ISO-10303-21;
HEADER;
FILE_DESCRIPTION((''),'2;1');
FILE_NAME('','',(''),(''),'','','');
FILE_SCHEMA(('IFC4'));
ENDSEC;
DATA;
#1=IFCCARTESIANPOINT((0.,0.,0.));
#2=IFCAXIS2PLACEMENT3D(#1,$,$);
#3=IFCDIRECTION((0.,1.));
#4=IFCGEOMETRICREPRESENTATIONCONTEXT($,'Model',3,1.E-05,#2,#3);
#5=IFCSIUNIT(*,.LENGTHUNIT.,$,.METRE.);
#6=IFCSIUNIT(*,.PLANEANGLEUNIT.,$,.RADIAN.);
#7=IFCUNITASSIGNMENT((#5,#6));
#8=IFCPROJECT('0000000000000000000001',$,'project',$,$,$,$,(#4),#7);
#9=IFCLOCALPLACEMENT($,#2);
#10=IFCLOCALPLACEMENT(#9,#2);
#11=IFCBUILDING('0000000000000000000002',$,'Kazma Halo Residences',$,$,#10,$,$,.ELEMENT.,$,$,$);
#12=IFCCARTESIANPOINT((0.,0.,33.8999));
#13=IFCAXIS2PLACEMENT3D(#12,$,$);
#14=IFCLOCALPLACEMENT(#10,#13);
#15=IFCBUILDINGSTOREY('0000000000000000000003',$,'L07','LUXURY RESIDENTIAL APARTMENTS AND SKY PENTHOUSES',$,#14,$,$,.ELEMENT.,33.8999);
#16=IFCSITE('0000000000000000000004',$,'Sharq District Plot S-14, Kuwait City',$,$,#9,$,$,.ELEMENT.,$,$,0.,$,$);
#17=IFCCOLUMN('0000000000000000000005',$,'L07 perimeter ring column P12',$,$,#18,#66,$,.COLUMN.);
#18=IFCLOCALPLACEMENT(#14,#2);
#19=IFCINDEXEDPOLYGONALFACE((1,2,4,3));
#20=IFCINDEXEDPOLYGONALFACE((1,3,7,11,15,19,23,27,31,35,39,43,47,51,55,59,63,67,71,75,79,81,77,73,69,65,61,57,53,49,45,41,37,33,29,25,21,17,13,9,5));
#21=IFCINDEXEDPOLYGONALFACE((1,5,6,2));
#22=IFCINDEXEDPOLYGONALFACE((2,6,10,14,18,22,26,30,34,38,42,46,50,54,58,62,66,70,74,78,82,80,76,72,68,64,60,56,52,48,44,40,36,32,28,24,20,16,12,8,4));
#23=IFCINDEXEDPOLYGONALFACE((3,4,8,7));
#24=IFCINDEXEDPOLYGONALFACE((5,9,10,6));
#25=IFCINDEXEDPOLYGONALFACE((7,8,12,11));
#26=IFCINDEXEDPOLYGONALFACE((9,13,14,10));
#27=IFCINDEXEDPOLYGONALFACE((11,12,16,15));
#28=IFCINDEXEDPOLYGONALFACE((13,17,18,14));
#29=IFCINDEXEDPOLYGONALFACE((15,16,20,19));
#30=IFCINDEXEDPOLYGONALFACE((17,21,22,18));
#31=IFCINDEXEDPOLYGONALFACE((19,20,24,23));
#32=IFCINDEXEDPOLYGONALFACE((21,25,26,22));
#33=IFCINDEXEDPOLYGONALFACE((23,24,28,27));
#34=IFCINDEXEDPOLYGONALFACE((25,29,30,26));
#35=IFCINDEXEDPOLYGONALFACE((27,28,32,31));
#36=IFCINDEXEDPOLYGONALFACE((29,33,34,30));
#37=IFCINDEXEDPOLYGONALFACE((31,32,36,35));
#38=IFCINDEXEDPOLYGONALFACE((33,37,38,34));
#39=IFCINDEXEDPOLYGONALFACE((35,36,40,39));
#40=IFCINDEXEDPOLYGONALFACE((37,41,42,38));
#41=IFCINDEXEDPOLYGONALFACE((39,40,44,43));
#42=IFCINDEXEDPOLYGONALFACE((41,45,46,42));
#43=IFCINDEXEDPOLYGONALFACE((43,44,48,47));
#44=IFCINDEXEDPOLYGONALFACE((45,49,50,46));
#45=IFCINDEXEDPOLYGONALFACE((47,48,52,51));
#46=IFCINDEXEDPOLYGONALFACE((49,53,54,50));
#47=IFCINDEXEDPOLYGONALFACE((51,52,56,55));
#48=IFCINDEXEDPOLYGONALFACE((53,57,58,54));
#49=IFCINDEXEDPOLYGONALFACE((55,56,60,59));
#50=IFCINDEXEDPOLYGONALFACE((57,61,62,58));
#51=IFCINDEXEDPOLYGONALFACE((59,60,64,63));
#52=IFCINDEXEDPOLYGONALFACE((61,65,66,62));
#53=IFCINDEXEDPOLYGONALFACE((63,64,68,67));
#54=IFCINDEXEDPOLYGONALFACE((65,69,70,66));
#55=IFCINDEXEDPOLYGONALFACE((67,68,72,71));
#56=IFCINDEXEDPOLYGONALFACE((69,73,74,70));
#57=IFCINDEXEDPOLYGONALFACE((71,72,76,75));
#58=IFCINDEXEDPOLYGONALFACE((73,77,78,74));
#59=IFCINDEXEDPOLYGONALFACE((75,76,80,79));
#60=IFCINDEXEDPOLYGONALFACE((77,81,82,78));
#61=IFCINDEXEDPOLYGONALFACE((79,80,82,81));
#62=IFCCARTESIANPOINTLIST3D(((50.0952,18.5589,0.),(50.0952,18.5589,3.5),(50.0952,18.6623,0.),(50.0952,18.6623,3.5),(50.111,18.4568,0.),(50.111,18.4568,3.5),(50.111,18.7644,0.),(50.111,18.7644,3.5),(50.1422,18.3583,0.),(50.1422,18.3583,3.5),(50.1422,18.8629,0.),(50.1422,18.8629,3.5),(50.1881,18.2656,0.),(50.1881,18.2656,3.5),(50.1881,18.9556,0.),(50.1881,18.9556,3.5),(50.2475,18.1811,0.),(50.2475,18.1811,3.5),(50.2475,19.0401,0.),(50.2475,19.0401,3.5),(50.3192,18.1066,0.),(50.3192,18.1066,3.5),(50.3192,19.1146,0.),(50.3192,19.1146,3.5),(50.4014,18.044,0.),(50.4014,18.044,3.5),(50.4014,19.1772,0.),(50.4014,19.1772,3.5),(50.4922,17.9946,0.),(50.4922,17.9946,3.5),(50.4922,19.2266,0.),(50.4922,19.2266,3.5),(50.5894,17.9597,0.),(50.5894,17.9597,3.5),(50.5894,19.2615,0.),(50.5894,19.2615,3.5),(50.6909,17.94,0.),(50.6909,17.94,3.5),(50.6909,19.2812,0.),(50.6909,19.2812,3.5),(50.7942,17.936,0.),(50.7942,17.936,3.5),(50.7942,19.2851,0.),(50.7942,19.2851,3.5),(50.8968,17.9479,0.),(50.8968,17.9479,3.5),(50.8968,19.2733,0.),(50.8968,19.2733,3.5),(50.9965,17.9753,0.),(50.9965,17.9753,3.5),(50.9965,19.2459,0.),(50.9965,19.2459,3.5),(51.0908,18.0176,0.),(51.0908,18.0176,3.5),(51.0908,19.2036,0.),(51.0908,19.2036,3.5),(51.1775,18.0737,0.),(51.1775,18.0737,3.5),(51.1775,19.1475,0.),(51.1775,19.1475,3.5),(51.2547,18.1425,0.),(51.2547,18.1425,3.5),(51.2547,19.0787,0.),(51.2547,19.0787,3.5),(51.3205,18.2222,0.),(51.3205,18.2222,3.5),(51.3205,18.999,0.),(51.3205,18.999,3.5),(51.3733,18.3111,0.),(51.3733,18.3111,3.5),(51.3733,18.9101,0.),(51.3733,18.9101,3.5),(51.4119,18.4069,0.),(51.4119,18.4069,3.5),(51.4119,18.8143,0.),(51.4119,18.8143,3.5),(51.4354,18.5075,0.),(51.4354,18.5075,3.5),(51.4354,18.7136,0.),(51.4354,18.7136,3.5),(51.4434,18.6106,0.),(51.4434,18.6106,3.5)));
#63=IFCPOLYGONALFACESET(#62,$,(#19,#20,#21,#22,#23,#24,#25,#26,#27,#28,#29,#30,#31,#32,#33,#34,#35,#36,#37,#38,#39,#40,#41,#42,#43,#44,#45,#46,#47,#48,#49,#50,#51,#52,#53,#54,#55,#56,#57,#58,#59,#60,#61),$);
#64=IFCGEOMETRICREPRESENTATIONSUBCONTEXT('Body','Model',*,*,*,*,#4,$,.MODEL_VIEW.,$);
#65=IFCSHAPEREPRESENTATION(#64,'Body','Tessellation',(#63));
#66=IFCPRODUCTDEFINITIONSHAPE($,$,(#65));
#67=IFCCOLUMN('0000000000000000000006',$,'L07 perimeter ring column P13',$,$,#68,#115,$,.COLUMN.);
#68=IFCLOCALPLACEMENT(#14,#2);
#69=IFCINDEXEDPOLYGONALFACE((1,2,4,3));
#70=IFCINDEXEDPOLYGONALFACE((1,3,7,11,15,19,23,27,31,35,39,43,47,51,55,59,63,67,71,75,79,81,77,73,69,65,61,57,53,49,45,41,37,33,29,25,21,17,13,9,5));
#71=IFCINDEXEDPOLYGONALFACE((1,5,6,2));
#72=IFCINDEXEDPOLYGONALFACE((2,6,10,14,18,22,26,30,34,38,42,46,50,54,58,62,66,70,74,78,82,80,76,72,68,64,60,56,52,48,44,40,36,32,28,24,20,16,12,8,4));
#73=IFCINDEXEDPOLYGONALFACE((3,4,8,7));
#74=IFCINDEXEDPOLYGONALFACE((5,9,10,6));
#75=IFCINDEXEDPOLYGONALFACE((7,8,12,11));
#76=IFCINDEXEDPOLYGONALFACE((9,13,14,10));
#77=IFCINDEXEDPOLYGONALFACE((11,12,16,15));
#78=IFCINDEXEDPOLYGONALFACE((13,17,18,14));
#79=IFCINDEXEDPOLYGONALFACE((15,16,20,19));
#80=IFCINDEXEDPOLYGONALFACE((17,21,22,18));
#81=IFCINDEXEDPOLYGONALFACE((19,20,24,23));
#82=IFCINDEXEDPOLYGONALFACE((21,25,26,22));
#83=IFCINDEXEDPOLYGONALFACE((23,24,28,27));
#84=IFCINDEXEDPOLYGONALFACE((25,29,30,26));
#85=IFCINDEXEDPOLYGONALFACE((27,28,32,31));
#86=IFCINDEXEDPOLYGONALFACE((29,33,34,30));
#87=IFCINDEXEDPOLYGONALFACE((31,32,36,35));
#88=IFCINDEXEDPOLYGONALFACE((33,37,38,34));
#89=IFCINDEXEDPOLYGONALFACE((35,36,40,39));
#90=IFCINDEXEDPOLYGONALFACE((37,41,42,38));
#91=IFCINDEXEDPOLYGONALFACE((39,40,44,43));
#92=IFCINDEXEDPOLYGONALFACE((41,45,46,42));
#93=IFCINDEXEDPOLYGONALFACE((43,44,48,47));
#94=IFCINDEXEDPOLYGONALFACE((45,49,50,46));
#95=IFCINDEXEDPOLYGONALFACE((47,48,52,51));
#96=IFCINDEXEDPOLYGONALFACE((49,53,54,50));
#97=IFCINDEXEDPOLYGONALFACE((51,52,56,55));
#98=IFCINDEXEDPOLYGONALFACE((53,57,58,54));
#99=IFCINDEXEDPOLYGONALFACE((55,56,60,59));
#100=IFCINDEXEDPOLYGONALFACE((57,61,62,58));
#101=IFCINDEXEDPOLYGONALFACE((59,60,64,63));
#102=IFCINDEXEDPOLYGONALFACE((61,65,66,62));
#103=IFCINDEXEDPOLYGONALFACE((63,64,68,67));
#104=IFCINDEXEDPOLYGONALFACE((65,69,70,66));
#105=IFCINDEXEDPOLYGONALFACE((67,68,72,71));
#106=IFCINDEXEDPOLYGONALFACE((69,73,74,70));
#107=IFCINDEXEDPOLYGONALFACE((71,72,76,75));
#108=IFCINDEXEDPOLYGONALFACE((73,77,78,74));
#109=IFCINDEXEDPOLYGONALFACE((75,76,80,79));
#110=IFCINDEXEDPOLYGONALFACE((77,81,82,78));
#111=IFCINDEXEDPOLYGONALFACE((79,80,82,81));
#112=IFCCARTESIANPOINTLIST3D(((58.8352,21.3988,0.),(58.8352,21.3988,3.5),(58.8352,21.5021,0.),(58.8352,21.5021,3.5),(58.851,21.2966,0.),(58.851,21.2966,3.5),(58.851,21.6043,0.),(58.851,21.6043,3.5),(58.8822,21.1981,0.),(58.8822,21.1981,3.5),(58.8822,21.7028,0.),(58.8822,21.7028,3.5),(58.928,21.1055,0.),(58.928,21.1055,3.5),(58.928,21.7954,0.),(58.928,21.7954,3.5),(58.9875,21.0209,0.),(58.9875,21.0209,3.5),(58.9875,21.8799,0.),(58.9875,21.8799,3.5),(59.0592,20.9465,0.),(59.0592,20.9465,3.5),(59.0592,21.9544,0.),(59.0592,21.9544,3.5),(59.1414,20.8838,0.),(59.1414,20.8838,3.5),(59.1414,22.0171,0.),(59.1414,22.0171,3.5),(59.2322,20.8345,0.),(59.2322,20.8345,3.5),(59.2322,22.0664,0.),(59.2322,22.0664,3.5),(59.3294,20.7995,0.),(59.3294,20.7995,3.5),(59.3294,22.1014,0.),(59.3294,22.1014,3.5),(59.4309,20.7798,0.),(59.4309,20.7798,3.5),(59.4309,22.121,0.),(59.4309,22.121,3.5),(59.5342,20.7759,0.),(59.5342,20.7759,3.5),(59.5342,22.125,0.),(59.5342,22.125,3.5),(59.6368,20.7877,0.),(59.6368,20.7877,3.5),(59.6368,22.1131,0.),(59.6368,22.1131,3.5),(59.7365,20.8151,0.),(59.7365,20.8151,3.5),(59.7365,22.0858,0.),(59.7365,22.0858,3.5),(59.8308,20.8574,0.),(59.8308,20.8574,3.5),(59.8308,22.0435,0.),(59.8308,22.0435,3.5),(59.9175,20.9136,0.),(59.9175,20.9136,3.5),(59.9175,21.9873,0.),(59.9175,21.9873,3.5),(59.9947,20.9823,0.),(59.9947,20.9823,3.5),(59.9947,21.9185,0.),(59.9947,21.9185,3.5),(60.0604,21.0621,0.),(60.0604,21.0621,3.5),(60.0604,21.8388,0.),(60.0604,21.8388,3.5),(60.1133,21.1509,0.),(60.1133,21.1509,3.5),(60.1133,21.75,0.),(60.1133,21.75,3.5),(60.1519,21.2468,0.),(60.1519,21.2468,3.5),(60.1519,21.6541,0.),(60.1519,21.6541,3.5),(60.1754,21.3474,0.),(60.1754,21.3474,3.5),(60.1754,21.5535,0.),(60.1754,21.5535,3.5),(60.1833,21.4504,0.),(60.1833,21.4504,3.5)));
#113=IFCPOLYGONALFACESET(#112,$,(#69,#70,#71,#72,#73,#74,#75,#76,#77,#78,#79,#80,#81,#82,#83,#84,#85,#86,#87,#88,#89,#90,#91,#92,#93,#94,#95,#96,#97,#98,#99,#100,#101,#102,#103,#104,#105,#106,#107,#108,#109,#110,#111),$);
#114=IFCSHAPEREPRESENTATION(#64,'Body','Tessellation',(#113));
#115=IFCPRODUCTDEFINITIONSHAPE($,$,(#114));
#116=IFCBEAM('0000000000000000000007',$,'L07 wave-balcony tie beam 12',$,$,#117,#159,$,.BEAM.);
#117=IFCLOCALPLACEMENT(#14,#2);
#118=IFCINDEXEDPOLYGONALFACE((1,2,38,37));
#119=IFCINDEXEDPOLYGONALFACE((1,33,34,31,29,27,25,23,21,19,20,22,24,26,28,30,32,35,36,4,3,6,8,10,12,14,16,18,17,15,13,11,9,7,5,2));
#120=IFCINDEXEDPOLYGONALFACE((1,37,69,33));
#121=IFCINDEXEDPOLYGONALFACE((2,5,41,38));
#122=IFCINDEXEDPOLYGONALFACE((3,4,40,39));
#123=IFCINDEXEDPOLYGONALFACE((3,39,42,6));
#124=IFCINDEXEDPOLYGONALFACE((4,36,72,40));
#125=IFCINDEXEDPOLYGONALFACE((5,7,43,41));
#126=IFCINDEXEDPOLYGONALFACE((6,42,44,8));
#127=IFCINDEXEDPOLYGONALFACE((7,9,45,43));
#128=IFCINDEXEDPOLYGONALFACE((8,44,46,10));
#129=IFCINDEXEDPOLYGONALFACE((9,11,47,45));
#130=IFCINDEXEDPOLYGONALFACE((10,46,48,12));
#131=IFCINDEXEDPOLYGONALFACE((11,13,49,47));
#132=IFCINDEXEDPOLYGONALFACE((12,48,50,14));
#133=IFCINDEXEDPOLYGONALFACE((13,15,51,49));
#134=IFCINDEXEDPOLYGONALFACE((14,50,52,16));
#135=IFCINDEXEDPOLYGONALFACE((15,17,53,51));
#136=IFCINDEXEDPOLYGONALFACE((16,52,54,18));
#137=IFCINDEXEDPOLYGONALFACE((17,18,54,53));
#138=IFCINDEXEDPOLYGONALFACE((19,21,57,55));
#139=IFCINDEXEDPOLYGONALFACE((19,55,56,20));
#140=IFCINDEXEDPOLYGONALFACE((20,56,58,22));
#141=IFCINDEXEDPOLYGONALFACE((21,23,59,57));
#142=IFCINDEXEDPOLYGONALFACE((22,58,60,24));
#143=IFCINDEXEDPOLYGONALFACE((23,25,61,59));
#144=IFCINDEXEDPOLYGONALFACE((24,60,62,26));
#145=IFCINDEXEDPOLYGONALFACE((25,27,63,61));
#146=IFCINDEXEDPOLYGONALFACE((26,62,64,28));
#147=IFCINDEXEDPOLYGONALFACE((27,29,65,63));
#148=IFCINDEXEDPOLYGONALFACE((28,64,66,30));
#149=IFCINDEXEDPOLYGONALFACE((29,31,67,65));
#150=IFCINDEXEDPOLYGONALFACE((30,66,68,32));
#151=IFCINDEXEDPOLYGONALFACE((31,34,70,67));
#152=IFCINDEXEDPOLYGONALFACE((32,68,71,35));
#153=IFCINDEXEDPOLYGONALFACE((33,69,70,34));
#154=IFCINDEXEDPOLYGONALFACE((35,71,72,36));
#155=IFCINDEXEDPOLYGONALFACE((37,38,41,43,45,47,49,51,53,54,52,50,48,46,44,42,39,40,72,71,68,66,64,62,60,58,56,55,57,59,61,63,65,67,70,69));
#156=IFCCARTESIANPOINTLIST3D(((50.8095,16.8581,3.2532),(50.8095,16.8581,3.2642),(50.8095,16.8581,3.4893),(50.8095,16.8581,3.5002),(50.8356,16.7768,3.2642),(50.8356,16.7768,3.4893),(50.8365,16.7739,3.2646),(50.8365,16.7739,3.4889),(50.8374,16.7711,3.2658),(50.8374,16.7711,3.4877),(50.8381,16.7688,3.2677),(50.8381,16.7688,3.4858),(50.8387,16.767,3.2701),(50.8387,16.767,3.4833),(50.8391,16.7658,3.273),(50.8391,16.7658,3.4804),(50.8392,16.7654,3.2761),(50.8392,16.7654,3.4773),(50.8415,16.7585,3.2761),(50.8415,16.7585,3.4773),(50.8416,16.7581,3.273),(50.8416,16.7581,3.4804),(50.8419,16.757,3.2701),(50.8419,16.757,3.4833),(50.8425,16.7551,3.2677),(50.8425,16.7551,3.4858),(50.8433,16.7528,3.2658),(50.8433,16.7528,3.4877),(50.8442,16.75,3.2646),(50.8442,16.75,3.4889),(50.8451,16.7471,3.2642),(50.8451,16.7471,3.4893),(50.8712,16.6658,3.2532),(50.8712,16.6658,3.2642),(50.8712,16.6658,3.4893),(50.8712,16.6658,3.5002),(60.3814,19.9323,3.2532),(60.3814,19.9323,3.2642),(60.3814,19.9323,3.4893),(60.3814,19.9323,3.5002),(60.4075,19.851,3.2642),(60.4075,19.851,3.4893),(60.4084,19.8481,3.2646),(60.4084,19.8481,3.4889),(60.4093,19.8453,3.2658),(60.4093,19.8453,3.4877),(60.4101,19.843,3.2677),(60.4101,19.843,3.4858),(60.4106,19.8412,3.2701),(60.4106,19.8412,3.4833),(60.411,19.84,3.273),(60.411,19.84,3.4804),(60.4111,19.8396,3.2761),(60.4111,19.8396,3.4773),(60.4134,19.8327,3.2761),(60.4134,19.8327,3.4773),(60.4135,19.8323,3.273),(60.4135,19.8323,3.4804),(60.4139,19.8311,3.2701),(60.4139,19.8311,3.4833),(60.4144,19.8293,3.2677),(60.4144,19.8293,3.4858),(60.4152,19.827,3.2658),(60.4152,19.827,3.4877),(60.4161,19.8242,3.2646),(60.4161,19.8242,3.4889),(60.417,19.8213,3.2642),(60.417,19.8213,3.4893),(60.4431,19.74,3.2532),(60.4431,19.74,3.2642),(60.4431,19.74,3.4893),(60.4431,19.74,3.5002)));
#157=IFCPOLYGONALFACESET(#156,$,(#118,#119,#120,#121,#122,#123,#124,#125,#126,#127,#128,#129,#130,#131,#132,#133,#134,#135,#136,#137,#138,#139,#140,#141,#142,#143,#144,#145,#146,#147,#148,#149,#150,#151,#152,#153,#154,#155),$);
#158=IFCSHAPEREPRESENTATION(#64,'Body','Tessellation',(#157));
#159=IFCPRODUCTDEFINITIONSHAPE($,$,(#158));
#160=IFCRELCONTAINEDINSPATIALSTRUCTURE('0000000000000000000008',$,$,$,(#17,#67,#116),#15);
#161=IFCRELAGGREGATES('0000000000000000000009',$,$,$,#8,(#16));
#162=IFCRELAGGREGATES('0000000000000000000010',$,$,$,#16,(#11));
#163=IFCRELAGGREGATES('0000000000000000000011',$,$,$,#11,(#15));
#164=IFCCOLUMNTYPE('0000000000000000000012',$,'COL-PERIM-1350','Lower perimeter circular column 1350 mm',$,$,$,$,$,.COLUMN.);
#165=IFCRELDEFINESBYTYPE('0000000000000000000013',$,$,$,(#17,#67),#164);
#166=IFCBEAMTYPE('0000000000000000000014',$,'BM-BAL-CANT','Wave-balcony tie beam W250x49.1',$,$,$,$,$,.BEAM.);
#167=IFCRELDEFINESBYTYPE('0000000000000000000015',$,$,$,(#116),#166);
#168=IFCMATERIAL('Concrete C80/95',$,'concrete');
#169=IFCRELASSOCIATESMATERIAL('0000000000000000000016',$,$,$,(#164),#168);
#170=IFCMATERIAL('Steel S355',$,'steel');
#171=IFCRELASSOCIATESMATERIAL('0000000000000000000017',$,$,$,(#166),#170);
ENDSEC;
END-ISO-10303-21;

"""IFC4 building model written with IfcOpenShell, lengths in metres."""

from ifc_helpers import new_model, si_unit, direction, frame, origin, origin_2d, place, context, subcontext, project, spatial, circle, i_section, extrude, material, material_profile, profile_set, type_object, element, save


model = new_model("IFC4")

# Units and contexts
model_context = context("Model", 3, precision=1e-05, world=origin(), true_north=direction((0.0, 1.0)))
body_context = subcontext(model_context, "Body", "Model", "MODEL_VIEW")
ifc_project = project(units=[si_unit("LENGTHUNIT", "METRE"), si_unit("PLANEANGLEUNIT", "RADIAN")], contexts=[model_context])

# Site, building, storey
site_placement = place(None, origin())
site = spatial("IfcSite", under=ifc_project, at=site_placement, Name="Sharq District Plot S-14, Kuwait City", CompositionType="ELEMENT", RefElevation=0.0)
building_placement = place(site_placement, origin())
building = spatial("IfcBuilding", under=site, at=building_placement, Name="Kazma Halo Residences", CompositionType="ELEMENT")
storey_placement = place(building_placement, frame((0.0, 0.0, 33.8999)))
storey = spatial("IfcBuildingStorey", under=building, at=storey_placement, Name="L07", Description="LUXURY RESIDENTIAL APARTMENTS AND SKY PENTHOUSES", CompositionType="ELEMENT", Elevation=33.8999)

# Columns
ifc_material_1 = material(Name="Concrete C80/95", Category="concrete")
ifc_material_profile_1 = material_profile(ifc_material_1, circle(Radius=0.675, at=origin_2d()), Name="CIRC1350")
ifc_profile_set_1 = profile_set([ifc_material_profile_1], Name="Concrete C80/95")
column_type = type_object("IfcColumnType", Name="COL-PERIM-1350", Description="Lower perimeter circular column 1350 mm", PredefinedType="COLUMN", material=ifc_profile_set_1)
for number, where, z_axis, x_axis, name in (
    (1, (50.7683, 18.6106, 0.0), (0.0, 0.0, 1.0), (1.0, 0.0, 0.0), "L07 perimeter ring column P12"),
    (2, (59.5083, 21.4504, 0.0), (0.0, 0.0, 1.0), (1.0, 0.0, 0.0), "L07 perimeter ring column P13"),
):
    element("IfcColumn", number, at=place(storey_placement, frame(where, z_axis=z_axis, x_axis=x_axis)), inside=storey, type_object=column_type, Name=name, PredefinedType="COLUMN", context=body_context, shape_type="SweptSolid", body=[
        extrude(circle(Radius=0.675, at=origin_2d()), origin(), (0.0, 0.0, 1.0), 3.5),
    ])

# Beam
ifc_material_2 = material(Name="Steel S355", Category="steel")
ifc_material_profile_2 = material_profile(ifc_material_2, i_section(OverallWidth=0.2019, OverallDepth=0.2471, WebThickness=0.0073, FlangeThickness=0.011, FilletRadius=0.012, at=origin_2d()), Name="W250x49.1")
ifc_profile_set_2 = profile_set([ifc_material_profile_2], Name="Steel S355")
beam_type_1 = type_object("IfcBeamType", Name="BM-BAL-CANT", Description="Wave-balcony tie beam W250x49.1", PredefinedType="BEAM", material=ifc_profile_set_2)
beam_1_placement = place(storey_placement, frame((50.8403, 16.762, 3.3767), z_axis=(0.952101, 0.305784, 0.0), x_axis=(-0.305784, 0.952101, 0.0)))
element("IfcBeam", 3, at=beam_1_placement, inside=storey, type_object=beam_type_1, Name="L07 wave-balcony tie beam 12", PredefinedType="BEAM", context=body_context, shape_type="SweptSolid", body=[
    extrude(i_section(OverallWidth=0.2019, OverallDepth=0.2471, WebThickness=0.0073, FlangeThickness=0.011, FilletRadius=0.012, at=origin_2d()), origin(), (0.0, 0.0, 1.0), 10.0535),
])

save(model, "model.ifc")
